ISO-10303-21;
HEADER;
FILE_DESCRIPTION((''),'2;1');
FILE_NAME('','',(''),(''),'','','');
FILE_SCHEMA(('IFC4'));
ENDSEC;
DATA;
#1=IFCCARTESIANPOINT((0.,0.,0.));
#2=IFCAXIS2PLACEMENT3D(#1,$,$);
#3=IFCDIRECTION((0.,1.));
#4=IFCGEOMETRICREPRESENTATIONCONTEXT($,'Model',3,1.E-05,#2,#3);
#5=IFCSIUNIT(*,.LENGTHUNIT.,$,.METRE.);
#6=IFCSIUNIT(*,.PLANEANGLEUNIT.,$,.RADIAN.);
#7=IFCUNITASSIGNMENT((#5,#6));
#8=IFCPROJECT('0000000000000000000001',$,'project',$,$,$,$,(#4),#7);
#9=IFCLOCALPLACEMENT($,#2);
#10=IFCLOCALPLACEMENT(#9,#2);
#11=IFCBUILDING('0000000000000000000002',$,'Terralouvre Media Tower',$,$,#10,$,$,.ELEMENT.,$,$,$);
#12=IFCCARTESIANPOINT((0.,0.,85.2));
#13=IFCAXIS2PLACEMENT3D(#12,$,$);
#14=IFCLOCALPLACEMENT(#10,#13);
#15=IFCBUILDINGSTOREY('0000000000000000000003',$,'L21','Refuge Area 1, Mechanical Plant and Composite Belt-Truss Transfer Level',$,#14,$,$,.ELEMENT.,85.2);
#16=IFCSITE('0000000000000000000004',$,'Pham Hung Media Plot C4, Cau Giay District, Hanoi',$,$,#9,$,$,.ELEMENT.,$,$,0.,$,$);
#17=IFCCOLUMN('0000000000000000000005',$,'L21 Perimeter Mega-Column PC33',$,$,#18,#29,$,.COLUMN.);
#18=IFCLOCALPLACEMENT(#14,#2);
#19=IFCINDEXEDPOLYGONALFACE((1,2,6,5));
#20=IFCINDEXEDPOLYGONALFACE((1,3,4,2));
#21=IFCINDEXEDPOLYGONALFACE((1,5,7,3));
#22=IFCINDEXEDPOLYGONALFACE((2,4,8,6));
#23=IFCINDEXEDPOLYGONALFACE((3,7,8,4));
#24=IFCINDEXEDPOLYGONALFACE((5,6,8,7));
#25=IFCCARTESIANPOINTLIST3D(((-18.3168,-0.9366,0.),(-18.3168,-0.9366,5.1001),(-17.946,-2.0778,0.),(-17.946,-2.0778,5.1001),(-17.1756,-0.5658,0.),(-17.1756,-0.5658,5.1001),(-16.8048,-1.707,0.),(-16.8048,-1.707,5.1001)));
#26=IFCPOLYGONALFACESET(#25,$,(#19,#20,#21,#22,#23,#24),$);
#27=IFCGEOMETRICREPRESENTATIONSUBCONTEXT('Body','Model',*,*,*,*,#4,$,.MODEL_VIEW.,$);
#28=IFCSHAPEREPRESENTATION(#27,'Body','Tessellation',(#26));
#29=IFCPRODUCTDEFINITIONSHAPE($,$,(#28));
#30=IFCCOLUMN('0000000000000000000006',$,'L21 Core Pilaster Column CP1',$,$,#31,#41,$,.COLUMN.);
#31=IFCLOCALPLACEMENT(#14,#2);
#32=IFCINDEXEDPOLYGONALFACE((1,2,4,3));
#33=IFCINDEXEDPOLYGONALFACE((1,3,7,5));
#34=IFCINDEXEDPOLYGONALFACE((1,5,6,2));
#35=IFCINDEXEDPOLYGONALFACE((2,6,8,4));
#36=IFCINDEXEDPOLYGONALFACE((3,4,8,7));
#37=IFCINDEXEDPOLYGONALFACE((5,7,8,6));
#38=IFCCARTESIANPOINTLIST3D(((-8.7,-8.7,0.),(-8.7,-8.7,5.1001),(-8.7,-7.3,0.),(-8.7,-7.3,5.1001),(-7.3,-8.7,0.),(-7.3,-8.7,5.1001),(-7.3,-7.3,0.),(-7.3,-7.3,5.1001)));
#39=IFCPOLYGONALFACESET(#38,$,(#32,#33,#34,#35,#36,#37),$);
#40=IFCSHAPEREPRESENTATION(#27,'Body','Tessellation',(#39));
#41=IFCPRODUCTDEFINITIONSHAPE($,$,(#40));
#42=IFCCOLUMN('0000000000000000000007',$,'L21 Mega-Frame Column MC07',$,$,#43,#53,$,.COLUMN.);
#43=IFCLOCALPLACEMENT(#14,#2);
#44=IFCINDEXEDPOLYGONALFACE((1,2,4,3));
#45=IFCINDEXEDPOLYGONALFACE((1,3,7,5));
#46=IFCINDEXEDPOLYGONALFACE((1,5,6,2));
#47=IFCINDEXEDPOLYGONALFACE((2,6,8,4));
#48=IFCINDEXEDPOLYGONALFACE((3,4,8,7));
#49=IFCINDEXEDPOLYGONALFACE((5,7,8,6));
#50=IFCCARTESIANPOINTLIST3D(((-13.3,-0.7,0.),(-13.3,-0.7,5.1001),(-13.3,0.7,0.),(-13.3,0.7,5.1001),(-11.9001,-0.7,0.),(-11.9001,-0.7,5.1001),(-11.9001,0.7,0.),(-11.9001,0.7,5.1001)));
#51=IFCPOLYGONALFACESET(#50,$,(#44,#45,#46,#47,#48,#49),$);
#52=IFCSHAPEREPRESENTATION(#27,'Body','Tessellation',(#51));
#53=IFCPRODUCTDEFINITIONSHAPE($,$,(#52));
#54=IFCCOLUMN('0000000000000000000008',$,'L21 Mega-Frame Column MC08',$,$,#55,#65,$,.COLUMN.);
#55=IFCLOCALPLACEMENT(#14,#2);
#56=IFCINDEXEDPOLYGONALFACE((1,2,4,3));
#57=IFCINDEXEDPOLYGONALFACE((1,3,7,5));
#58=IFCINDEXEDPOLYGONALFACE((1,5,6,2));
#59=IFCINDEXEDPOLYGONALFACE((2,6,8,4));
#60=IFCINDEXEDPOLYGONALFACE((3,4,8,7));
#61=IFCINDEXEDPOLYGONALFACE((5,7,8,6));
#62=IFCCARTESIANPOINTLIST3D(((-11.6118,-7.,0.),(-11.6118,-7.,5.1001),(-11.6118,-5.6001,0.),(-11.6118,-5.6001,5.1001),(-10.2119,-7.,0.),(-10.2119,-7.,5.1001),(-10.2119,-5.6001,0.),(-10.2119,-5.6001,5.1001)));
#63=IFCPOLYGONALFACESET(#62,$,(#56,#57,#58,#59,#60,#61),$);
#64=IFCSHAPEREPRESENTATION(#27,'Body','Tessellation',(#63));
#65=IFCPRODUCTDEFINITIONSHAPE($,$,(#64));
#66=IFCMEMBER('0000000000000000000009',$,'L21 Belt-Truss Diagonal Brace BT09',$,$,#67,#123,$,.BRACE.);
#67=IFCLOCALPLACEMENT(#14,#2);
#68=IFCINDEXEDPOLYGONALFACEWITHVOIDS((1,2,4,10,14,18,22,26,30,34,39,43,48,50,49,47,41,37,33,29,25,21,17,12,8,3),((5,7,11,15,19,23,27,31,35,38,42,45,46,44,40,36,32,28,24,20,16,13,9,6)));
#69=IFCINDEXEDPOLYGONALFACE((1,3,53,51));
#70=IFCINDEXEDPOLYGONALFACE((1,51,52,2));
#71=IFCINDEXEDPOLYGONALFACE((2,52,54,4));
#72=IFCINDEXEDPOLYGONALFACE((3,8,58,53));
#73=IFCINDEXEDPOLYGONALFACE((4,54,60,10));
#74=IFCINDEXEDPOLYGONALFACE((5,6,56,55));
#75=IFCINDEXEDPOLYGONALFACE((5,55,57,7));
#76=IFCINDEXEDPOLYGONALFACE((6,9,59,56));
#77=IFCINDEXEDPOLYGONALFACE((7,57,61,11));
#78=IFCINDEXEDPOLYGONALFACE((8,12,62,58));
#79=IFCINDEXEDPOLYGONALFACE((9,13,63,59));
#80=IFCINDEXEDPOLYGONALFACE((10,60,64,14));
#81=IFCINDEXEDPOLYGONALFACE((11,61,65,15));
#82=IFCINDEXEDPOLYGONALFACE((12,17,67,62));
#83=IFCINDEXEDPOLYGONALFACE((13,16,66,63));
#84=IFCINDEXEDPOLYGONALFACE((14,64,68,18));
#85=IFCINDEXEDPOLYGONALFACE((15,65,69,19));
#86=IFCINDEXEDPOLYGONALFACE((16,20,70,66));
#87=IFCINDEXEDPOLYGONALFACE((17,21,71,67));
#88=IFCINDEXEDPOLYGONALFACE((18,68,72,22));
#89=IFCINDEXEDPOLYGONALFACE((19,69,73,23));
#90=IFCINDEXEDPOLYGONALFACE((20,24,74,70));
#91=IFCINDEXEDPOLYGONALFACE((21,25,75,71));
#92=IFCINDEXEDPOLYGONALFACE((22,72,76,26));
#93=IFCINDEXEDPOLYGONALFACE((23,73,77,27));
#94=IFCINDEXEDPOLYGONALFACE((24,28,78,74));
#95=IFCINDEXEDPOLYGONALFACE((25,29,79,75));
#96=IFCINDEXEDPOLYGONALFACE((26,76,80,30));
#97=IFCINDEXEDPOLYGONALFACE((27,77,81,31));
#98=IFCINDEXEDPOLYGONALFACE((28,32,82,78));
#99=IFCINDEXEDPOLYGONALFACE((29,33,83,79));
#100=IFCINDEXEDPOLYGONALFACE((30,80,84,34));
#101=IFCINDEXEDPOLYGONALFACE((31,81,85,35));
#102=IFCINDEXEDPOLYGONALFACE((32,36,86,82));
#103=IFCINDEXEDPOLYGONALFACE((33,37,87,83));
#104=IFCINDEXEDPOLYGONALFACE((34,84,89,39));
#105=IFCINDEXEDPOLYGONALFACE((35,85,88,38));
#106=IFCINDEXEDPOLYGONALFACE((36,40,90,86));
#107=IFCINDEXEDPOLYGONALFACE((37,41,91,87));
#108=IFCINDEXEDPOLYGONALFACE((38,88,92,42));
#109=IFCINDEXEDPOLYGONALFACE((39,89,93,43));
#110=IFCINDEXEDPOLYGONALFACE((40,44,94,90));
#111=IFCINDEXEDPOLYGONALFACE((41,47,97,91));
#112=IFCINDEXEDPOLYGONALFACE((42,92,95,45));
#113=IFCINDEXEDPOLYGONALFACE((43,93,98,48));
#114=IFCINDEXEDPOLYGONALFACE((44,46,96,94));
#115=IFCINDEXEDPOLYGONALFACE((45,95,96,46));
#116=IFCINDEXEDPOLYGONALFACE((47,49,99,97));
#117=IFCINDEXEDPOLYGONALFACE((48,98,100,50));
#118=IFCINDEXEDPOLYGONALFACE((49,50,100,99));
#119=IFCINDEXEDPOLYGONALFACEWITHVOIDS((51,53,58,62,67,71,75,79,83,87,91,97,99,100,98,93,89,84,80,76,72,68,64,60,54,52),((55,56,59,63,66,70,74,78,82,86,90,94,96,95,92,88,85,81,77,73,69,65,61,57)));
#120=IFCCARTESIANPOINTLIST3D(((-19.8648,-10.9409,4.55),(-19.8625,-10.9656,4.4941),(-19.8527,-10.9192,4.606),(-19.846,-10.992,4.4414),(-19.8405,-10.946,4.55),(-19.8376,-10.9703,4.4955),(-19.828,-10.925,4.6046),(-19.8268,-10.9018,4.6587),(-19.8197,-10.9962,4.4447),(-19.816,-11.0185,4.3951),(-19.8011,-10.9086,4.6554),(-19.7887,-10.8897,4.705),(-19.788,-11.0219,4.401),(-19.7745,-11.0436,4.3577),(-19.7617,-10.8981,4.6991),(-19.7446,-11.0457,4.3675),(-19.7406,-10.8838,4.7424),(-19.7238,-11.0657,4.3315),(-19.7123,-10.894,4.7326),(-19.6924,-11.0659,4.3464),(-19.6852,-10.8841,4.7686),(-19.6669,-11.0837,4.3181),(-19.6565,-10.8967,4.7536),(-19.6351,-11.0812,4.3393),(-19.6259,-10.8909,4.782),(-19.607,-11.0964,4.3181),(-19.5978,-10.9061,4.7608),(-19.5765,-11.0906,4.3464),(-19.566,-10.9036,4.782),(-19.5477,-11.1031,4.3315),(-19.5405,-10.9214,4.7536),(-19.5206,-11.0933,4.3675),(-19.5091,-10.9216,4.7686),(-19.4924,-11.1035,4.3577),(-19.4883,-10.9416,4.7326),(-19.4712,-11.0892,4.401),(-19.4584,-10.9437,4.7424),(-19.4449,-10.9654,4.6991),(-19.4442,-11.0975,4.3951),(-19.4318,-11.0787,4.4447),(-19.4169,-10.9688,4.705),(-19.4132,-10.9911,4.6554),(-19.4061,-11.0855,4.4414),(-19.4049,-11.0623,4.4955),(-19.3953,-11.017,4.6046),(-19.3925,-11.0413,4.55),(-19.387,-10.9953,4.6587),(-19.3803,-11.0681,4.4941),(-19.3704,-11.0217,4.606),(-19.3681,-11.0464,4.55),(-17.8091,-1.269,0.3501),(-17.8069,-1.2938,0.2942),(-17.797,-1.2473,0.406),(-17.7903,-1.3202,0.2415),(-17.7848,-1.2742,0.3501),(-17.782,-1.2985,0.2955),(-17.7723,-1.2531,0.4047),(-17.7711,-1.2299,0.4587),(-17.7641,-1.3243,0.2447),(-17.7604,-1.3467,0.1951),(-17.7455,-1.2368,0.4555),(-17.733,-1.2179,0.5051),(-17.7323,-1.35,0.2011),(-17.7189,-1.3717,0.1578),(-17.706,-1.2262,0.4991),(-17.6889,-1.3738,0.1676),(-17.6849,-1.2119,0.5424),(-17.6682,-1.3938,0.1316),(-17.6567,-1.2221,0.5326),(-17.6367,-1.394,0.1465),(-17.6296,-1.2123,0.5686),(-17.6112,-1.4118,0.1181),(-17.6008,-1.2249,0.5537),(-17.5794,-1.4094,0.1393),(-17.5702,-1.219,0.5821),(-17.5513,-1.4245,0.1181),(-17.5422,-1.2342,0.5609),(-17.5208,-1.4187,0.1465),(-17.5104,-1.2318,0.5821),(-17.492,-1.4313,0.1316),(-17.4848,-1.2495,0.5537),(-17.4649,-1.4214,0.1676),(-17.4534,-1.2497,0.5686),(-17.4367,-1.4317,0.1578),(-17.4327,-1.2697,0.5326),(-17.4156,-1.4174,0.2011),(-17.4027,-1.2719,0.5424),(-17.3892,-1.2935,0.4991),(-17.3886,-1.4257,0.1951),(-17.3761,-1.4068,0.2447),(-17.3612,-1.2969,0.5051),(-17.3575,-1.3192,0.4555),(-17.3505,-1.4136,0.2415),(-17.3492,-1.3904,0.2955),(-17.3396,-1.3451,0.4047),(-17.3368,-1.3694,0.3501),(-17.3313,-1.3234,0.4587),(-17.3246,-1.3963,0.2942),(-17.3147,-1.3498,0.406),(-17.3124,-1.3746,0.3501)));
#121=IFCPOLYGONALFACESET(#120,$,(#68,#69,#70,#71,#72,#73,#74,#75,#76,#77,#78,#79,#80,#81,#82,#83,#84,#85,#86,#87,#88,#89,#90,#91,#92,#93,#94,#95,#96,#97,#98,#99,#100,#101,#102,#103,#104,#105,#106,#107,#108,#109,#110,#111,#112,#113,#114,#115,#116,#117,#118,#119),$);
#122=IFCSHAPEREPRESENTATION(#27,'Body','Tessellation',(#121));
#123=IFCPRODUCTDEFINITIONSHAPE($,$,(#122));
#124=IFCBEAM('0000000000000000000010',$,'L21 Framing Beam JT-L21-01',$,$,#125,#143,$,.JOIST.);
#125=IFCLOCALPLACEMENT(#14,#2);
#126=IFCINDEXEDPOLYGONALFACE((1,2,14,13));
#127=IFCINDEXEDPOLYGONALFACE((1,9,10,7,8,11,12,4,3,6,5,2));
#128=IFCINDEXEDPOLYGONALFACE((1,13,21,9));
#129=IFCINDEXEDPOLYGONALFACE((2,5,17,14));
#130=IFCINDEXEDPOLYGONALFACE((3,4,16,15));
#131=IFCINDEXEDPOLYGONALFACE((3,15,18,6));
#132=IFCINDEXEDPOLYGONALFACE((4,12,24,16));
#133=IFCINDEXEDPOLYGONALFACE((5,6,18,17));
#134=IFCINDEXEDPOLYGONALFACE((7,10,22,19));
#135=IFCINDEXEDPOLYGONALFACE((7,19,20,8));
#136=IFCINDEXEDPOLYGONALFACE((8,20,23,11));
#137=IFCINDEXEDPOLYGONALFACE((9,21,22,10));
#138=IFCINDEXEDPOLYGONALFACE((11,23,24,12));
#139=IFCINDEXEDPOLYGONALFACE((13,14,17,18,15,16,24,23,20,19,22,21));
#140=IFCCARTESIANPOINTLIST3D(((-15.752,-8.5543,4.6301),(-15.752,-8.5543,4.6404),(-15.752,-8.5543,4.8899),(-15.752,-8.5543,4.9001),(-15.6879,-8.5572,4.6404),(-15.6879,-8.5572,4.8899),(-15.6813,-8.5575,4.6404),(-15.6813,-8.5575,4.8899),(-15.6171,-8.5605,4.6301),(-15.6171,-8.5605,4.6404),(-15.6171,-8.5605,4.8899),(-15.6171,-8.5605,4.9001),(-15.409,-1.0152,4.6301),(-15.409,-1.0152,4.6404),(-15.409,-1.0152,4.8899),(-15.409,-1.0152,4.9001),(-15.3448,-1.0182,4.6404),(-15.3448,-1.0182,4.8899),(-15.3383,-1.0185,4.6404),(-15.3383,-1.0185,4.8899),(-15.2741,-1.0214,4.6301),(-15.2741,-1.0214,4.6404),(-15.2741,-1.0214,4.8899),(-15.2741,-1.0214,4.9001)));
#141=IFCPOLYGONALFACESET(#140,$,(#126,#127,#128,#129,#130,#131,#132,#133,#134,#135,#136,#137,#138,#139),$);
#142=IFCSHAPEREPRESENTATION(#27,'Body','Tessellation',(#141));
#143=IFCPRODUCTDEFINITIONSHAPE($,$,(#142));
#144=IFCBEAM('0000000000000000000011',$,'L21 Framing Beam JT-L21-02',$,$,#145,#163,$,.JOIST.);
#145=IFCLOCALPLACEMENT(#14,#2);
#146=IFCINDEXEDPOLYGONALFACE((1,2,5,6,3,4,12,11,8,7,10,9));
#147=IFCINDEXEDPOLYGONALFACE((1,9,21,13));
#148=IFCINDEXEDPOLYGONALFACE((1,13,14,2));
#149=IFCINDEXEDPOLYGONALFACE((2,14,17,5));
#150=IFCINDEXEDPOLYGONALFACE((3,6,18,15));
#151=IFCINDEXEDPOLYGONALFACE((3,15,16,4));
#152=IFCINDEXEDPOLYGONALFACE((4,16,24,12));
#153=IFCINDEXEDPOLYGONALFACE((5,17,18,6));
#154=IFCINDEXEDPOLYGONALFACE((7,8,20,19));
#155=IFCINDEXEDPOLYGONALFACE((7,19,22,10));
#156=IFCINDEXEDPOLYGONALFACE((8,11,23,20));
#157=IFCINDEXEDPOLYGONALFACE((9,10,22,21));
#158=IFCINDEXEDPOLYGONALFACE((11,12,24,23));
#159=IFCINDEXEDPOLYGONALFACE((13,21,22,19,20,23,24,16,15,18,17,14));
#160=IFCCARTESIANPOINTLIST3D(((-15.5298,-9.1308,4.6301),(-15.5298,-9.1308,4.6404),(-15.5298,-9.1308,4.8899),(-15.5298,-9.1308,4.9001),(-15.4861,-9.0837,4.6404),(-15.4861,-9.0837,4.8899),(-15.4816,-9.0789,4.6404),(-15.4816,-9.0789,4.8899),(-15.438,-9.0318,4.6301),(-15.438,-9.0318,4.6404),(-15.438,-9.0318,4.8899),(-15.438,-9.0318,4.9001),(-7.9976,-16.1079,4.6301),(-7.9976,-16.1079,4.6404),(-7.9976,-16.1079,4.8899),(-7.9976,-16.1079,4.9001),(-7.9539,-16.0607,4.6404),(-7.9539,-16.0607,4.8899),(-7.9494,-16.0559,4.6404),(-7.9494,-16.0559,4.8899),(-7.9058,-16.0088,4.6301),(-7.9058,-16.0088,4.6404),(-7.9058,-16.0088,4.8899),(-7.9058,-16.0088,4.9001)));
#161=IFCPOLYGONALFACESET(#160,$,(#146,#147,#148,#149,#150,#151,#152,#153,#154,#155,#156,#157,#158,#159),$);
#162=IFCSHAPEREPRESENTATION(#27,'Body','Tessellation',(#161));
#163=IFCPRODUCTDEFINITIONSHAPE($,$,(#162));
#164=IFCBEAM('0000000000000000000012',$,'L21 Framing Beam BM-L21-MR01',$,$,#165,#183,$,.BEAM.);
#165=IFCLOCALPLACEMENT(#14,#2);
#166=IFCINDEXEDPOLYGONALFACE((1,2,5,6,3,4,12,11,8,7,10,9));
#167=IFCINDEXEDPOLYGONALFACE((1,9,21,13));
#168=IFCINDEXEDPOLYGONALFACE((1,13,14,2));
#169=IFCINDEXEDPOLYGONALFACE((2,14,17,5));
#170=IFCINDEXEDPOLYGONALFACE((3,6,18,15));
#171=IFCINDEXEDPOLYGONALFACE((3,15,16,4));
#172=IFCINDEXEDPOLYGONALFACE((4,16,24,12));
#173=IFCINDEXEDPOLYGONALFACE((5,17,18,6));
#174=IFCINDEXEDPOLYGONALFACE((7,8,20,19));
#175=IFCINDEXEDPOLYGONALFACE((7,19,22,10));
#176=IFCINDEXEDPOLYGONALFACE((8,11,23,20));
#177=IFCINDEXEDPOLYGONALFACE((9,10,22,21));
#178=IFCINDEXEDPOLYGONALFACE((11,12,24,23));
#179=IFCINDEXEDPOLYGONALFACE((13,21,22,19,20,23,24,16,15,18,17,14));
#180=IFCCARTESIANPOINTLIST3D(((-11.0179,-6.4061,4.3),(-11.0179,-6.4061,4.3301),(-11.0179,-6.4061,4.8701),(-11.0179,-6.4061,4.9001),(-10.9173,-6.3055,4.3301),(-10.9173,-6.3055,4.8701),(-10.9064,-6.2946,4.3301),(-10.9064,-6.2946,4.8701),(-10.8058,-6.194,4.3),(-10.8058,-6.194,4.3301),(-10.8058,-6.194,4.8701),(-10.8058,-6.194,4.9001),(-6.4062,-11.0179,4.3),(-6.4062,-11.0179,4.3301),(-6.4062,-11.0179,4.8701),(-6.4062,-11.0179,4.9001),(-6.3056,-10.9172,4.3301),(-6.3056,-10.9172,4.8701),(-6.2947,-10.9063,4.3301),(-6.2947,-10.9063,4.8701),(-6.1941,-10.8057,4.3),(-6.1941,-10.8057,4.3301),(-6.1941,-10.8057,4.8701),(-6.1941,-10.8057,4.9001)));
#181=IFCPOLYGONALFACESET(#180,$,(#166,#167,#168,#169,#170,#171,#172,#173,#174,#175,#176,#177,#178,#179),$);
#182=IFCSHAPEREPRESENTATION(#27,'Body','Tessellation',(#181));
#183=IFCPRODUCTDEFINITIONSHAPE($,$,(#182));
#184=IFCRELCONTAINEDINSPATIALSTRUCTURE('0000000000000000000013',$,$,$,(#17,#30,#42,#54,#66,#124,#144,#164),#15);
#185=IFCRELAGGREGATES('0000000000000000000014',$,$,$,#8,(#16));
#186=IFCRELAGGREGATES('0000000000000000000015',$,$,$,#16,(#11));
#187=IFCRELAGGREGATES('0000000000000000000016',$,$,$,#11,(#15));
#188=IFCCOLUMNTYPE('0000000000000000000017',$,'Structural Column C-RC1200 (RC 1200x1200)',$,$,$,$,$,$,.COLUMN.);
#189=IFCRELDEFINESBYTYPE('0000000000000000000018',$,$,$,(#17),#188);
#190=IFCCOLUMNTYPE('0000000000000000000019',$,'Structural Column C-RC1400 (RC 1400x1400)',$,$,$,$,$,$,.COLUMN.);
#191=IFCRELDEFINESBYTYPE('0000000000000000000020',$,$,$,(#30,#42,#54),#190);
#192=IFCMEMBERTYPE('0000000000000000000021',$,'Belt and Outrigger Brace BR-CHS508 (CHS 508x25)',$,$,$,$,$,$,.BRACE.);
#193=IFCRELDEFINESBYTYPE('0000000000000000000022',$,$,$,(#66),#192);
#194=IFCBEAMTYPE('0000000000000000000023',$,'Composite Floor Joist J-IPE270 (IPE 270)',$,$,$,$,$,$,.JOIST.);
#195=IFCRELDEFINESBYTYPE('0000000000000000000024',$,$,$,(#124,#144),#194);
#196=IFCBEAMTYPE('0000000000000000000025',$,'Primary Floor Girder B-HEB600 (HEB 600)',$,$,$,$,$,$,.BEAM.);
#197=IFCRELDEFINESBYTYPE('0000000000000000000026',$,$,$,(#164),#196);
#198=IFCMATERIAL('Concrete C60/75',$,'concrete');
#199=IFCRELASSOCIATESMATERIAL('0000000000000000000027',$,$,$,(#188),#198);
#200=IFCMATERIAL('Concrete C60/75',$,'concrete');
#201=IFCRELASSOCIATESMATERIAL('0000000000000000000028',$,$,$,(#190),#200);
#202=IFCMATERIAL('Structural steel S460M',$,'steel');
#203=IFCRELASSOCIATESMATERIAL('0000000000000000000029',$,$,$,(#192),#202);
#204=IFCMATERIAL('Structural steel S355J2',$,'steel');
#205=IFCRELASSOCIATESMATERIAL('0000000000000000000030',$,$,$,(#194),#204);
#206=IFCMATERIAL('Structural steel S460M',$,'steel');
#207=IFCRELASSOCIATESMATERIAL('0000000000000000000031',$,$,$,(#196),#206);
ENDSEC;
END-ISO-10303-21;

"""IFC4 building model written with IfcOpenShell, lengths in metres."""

from ifc_helpers import new_model, si_unit, direction, frame, origin, origin_2d, place, context, subcontext, project, spatial, rectangle, hollow_circle, i_section, extrude, material, material_profile, profile_set, type_object, element, save


model = new_model("IFC4")

# Units and contexts
model_context = context("Model", 3, precision=1e-05, world=origin(), true_north=direction((0.0, 1.0)))
body_context = subcontext(model_context, "Body", "Model", "MODEL_VIEW")
ifc_project = project(units=[si_unit("LENGTHUNIT", "METRE"), si_unit("PLANEANGLEUNIT", "RADIAN")], contexts=[model_context])

# Site, building, storey
site_placement = place(None, origin())
site = spatial("IfcSite", under=ifc_project, at=site_placement, Name="Pham Hung Media Plot C4, Cau Giay District, Hanoi", CompositionType="ELEMENT", RefElevation=0.0)
building_placement = place(site_placement, origin())
building = spatial("IfcBuilding", under=site, at=building_placement, Name="Terralouvre Media Tower", CompositionType="ELEMENT")
storey_placement = place(building_placement, frame((0.0, 0.0, 85.2)))
storey = spatial("IfcBuildingStorey", under=building, at=storey_placement, Name="L21", Description="Refuge Area 1, Mechanical Plant and Composite Belt-Truss Transfer Level", CompositionType="ELEMENT", Elevation=85.2)

# Columns
ifc_material_1 = material(Name="Concrete C60/75", Category="concrete")
ifc_material_profile_1 = material_profile(ifc_material_1, rectangle(XDim=1.2, YDim=1.2, at=origin_2d()), Name="RC 1200x1200")
ifc_profile_set_1 = profile_set([ifc_material_profile_1], Name="Concrete C60/75")
column_type_1 = type_object("IfcColumnType", Name="Structural Column C-RC1200 (RC 1200x1200)", PredefinedType="COLUMN", material=ifc_profile_set_1)
column_placement = place(storey_placement, frame((-17.5608, -1.3218, 0.0), z_axis=(0.0, 0.0, 1.0), x_axis=(0.951057, 0.309017, 0.0)))
element("IfcColumn", 1, at=column_placement, inside=storey, type_object=column_type_1, Name="L21 Perimeter Mega-Column PC33", PredefinedType="COLUMN", context=body_context, shape_type="SweptSolid", body=[
    extrude(rectangle(XDim=1.2, YDim=1.2, at=origin_2d()), origin(), (0.0, 0.0, 1.0), 5.1001),
])
ifc_material_2 = material(Name="Concrete C60/75", Category="concrete")
ifc_material_profile_2 = material_profile(ifc_material_2, rectangle(XDim=1.3999, YDim=1.3999, at=origin_2d()), Name="RC 1400x1400")
ifc_profile_set_2 = profile_set([ifc_material_profile_2], Name="Concrete C60/75")
column_type_2 = type_object("IfcColumnType", Name="Structural Column C-RC1400 (RC 1400x1400)", PredefinedType="COLUMN", material=ifc_profile_set_2)
for number, where, z_axis, x_axis, name in (
    (2, (-8.0, -8.0, 0.0), (0.0, 0.0, 1.0), (1.0, 0.0, 0.0), "L21 Core Pilaster Column CP1"),
    (3, (-12.6001, 0.0, 0.0), (0.0, 0.0, 1.0), (1.0, 0.0, 0.0), "L21 Mega-Frame Column MC07"),
    (4, (-10.9119, -6.3, 0.0), (0.0, 0.0, 1.0), (1.0, 0.0, 0.0), "L21 Mega-Frame Column MC08"),
):
    element("IfcColumn", number, at=place(storey_placement, frame(where, z_axis=z_axis, x_axis=x_axis)), inside=storey, type_object=column_type_2, Name=name, PredefinedType="COLUMN", context=body_context, shape_type="SweptSolid", body=[
        extrude(rectangle(XDim=1.3999, YDim=1.3999, at=origin_2d()), origin(), (0.0, 0.0, 1.0), 5.1001),
    ])

# Member
ifc_material_3 = material(Name="Structural steel S460M", Category="steel")
ifc_material_profile_3 = material_profile(ifc_material_3, hollow_circle(Radius=0.2539, WallThickness=0.0249, at=origin_2d()), Name="CHS 508x25")
ifc_profile_set_3 = profile_set([ifc_material_profile_3], Name="Structural steel S460M")
member_type_1 = type_object("IfcMemberType", Name="Belt and Outrigger Brace BR-CHS508 (CHS 508x25)", PredefinedType="BRACE", material=ifc_profile_set_3)
member_1_placement = place(storey_placement, frame((-17.5608, -1.3218, 0.3501), z_axis=(-0.19135, -0.900302, 0.39095), x_axis=(0.978151, -0.207897, 0.0)))
element("IfcMember", 5, at=member_1_placement, inside=storey, type_object=member_type_1, Name="L21 Belt-Truss Diagonal Brace BT09", PredefinedType="BRACE", context=body_context, shape_type="SweptSolid", body=[
    extrude(hollow_circle(Radius=0.2539, WallThickness=0.0249, at=origin_2d()), origin(), (0.0, 0.0, 1.0), 10.7429),
])

# Beams
ifc_material_4 = material(Name="Structural steel S355J2", Category="steel")
ifc_material_profile_4 = material_profile(ifc_material_4, i_section(OverallWidth=0.135, OverallDepth=0.27, WebThickness=0.0066, FlangeThickness=0.0103, at=origin_2d()), Name="IPE 270")
ifc_profile_set_4 = profile_set([ifc_material_profile_4], Name="Structural steel S355J2")
beam_type_1 = type_object("IfcBeamType", Name="Composite Floor Joist J-IPE270 (IPE 270)", PredefinedType="JOIST", material=ifc_profile_set_4)
beam_1_placement = place(storey_placement, frame((-15.3416, -1.0183, 4.7651), z_axis=(-0.045452, -0.998967, 0.0), x_axis=(0.998967, -0.045452, 0.0)))
element("IfcBeam", 6, at=beam_1_placement, inside=storey, type_object=beam_type_1, Name="L21 Framing Beam JT-L21-01", PredefinedType="JOIST", context=body_context, shape_type="SweptSolid", body=[
    extrude(i_section(OverallWidth=0.135, OverallDepth=0.27, WebThickness=0.0066, FlangeThickness=0.0103, at=origin_2d()), origin(), (0.0, 0.0, 1.0), 7.5469),
])
beam_2_placement = place(storey_placement, frame((-15.4839, -9.0813, 4.7651), z_axis=(0.733626, -0.679553, 0.0), x_axis=(0.679553, 0.733626, 0.0)))
element("IfcBeam", 7, at=beam_2_placement, inside=storey, type_object=beam_type_1, Name="L21 Framing Beam JT-L21-02", PredefinedType="JOIST", context=body_context, shape_type="SweptSolid", body=[
    extrude(i_section(OverallWidth=0.135, OverallDepth=0.27, WebThickness=0.0066, FlangeThickness=0.0103, at=origin_2d()), origin(), (0.0, 0.0, 1.0), 10.2671),
])
ifc_material_5 = material(Name="Structural steel S460M", Category="steel")
ifc_material_profile_5 = material_profile(ifc_material_5, i_section(OverallWidth=0.3, OverallDepth=0.6001, WebThickness=0.0154, FlangeThickness=0.03, at=origin_2d()), Name="HEB 600")
ifc_profile_set_5 = profile_set([ifc_material_profile_5], Name="Structural steel S460M")
beam_type_2 = type_object("IfcBeamType", Name="Primary Floor Girder B-HEB600 (HEB 600)", PredefinedType="BEAM", material=ifc_profile_set_5)
beam_3_placement = place(storey_placement, frame((-10.9119, -6.3, 4.6001), z_axis=(0.707107, -0.707107, 0.0), x_axis=(0.707107, 0.707107, 0.0)))
element("IfcBeam", 8, at=beam_3_placement, inside=storey, type_object=beam_type_2, Name="L21 Framing Beam BM-L21-MR01", PredefinedType="BEAM", context=body_context, shape_type="SweptSolid", body=[
    extrude(i_section(OverallWidth=0.3, OverallDepth=0.6001, WebThickness=0.0154, FlangeThickness=0.03, at=origin_2d()), origin(), (0.0, 0.0, 1.0), 6.522),
])

save(model, "model.ifc")
